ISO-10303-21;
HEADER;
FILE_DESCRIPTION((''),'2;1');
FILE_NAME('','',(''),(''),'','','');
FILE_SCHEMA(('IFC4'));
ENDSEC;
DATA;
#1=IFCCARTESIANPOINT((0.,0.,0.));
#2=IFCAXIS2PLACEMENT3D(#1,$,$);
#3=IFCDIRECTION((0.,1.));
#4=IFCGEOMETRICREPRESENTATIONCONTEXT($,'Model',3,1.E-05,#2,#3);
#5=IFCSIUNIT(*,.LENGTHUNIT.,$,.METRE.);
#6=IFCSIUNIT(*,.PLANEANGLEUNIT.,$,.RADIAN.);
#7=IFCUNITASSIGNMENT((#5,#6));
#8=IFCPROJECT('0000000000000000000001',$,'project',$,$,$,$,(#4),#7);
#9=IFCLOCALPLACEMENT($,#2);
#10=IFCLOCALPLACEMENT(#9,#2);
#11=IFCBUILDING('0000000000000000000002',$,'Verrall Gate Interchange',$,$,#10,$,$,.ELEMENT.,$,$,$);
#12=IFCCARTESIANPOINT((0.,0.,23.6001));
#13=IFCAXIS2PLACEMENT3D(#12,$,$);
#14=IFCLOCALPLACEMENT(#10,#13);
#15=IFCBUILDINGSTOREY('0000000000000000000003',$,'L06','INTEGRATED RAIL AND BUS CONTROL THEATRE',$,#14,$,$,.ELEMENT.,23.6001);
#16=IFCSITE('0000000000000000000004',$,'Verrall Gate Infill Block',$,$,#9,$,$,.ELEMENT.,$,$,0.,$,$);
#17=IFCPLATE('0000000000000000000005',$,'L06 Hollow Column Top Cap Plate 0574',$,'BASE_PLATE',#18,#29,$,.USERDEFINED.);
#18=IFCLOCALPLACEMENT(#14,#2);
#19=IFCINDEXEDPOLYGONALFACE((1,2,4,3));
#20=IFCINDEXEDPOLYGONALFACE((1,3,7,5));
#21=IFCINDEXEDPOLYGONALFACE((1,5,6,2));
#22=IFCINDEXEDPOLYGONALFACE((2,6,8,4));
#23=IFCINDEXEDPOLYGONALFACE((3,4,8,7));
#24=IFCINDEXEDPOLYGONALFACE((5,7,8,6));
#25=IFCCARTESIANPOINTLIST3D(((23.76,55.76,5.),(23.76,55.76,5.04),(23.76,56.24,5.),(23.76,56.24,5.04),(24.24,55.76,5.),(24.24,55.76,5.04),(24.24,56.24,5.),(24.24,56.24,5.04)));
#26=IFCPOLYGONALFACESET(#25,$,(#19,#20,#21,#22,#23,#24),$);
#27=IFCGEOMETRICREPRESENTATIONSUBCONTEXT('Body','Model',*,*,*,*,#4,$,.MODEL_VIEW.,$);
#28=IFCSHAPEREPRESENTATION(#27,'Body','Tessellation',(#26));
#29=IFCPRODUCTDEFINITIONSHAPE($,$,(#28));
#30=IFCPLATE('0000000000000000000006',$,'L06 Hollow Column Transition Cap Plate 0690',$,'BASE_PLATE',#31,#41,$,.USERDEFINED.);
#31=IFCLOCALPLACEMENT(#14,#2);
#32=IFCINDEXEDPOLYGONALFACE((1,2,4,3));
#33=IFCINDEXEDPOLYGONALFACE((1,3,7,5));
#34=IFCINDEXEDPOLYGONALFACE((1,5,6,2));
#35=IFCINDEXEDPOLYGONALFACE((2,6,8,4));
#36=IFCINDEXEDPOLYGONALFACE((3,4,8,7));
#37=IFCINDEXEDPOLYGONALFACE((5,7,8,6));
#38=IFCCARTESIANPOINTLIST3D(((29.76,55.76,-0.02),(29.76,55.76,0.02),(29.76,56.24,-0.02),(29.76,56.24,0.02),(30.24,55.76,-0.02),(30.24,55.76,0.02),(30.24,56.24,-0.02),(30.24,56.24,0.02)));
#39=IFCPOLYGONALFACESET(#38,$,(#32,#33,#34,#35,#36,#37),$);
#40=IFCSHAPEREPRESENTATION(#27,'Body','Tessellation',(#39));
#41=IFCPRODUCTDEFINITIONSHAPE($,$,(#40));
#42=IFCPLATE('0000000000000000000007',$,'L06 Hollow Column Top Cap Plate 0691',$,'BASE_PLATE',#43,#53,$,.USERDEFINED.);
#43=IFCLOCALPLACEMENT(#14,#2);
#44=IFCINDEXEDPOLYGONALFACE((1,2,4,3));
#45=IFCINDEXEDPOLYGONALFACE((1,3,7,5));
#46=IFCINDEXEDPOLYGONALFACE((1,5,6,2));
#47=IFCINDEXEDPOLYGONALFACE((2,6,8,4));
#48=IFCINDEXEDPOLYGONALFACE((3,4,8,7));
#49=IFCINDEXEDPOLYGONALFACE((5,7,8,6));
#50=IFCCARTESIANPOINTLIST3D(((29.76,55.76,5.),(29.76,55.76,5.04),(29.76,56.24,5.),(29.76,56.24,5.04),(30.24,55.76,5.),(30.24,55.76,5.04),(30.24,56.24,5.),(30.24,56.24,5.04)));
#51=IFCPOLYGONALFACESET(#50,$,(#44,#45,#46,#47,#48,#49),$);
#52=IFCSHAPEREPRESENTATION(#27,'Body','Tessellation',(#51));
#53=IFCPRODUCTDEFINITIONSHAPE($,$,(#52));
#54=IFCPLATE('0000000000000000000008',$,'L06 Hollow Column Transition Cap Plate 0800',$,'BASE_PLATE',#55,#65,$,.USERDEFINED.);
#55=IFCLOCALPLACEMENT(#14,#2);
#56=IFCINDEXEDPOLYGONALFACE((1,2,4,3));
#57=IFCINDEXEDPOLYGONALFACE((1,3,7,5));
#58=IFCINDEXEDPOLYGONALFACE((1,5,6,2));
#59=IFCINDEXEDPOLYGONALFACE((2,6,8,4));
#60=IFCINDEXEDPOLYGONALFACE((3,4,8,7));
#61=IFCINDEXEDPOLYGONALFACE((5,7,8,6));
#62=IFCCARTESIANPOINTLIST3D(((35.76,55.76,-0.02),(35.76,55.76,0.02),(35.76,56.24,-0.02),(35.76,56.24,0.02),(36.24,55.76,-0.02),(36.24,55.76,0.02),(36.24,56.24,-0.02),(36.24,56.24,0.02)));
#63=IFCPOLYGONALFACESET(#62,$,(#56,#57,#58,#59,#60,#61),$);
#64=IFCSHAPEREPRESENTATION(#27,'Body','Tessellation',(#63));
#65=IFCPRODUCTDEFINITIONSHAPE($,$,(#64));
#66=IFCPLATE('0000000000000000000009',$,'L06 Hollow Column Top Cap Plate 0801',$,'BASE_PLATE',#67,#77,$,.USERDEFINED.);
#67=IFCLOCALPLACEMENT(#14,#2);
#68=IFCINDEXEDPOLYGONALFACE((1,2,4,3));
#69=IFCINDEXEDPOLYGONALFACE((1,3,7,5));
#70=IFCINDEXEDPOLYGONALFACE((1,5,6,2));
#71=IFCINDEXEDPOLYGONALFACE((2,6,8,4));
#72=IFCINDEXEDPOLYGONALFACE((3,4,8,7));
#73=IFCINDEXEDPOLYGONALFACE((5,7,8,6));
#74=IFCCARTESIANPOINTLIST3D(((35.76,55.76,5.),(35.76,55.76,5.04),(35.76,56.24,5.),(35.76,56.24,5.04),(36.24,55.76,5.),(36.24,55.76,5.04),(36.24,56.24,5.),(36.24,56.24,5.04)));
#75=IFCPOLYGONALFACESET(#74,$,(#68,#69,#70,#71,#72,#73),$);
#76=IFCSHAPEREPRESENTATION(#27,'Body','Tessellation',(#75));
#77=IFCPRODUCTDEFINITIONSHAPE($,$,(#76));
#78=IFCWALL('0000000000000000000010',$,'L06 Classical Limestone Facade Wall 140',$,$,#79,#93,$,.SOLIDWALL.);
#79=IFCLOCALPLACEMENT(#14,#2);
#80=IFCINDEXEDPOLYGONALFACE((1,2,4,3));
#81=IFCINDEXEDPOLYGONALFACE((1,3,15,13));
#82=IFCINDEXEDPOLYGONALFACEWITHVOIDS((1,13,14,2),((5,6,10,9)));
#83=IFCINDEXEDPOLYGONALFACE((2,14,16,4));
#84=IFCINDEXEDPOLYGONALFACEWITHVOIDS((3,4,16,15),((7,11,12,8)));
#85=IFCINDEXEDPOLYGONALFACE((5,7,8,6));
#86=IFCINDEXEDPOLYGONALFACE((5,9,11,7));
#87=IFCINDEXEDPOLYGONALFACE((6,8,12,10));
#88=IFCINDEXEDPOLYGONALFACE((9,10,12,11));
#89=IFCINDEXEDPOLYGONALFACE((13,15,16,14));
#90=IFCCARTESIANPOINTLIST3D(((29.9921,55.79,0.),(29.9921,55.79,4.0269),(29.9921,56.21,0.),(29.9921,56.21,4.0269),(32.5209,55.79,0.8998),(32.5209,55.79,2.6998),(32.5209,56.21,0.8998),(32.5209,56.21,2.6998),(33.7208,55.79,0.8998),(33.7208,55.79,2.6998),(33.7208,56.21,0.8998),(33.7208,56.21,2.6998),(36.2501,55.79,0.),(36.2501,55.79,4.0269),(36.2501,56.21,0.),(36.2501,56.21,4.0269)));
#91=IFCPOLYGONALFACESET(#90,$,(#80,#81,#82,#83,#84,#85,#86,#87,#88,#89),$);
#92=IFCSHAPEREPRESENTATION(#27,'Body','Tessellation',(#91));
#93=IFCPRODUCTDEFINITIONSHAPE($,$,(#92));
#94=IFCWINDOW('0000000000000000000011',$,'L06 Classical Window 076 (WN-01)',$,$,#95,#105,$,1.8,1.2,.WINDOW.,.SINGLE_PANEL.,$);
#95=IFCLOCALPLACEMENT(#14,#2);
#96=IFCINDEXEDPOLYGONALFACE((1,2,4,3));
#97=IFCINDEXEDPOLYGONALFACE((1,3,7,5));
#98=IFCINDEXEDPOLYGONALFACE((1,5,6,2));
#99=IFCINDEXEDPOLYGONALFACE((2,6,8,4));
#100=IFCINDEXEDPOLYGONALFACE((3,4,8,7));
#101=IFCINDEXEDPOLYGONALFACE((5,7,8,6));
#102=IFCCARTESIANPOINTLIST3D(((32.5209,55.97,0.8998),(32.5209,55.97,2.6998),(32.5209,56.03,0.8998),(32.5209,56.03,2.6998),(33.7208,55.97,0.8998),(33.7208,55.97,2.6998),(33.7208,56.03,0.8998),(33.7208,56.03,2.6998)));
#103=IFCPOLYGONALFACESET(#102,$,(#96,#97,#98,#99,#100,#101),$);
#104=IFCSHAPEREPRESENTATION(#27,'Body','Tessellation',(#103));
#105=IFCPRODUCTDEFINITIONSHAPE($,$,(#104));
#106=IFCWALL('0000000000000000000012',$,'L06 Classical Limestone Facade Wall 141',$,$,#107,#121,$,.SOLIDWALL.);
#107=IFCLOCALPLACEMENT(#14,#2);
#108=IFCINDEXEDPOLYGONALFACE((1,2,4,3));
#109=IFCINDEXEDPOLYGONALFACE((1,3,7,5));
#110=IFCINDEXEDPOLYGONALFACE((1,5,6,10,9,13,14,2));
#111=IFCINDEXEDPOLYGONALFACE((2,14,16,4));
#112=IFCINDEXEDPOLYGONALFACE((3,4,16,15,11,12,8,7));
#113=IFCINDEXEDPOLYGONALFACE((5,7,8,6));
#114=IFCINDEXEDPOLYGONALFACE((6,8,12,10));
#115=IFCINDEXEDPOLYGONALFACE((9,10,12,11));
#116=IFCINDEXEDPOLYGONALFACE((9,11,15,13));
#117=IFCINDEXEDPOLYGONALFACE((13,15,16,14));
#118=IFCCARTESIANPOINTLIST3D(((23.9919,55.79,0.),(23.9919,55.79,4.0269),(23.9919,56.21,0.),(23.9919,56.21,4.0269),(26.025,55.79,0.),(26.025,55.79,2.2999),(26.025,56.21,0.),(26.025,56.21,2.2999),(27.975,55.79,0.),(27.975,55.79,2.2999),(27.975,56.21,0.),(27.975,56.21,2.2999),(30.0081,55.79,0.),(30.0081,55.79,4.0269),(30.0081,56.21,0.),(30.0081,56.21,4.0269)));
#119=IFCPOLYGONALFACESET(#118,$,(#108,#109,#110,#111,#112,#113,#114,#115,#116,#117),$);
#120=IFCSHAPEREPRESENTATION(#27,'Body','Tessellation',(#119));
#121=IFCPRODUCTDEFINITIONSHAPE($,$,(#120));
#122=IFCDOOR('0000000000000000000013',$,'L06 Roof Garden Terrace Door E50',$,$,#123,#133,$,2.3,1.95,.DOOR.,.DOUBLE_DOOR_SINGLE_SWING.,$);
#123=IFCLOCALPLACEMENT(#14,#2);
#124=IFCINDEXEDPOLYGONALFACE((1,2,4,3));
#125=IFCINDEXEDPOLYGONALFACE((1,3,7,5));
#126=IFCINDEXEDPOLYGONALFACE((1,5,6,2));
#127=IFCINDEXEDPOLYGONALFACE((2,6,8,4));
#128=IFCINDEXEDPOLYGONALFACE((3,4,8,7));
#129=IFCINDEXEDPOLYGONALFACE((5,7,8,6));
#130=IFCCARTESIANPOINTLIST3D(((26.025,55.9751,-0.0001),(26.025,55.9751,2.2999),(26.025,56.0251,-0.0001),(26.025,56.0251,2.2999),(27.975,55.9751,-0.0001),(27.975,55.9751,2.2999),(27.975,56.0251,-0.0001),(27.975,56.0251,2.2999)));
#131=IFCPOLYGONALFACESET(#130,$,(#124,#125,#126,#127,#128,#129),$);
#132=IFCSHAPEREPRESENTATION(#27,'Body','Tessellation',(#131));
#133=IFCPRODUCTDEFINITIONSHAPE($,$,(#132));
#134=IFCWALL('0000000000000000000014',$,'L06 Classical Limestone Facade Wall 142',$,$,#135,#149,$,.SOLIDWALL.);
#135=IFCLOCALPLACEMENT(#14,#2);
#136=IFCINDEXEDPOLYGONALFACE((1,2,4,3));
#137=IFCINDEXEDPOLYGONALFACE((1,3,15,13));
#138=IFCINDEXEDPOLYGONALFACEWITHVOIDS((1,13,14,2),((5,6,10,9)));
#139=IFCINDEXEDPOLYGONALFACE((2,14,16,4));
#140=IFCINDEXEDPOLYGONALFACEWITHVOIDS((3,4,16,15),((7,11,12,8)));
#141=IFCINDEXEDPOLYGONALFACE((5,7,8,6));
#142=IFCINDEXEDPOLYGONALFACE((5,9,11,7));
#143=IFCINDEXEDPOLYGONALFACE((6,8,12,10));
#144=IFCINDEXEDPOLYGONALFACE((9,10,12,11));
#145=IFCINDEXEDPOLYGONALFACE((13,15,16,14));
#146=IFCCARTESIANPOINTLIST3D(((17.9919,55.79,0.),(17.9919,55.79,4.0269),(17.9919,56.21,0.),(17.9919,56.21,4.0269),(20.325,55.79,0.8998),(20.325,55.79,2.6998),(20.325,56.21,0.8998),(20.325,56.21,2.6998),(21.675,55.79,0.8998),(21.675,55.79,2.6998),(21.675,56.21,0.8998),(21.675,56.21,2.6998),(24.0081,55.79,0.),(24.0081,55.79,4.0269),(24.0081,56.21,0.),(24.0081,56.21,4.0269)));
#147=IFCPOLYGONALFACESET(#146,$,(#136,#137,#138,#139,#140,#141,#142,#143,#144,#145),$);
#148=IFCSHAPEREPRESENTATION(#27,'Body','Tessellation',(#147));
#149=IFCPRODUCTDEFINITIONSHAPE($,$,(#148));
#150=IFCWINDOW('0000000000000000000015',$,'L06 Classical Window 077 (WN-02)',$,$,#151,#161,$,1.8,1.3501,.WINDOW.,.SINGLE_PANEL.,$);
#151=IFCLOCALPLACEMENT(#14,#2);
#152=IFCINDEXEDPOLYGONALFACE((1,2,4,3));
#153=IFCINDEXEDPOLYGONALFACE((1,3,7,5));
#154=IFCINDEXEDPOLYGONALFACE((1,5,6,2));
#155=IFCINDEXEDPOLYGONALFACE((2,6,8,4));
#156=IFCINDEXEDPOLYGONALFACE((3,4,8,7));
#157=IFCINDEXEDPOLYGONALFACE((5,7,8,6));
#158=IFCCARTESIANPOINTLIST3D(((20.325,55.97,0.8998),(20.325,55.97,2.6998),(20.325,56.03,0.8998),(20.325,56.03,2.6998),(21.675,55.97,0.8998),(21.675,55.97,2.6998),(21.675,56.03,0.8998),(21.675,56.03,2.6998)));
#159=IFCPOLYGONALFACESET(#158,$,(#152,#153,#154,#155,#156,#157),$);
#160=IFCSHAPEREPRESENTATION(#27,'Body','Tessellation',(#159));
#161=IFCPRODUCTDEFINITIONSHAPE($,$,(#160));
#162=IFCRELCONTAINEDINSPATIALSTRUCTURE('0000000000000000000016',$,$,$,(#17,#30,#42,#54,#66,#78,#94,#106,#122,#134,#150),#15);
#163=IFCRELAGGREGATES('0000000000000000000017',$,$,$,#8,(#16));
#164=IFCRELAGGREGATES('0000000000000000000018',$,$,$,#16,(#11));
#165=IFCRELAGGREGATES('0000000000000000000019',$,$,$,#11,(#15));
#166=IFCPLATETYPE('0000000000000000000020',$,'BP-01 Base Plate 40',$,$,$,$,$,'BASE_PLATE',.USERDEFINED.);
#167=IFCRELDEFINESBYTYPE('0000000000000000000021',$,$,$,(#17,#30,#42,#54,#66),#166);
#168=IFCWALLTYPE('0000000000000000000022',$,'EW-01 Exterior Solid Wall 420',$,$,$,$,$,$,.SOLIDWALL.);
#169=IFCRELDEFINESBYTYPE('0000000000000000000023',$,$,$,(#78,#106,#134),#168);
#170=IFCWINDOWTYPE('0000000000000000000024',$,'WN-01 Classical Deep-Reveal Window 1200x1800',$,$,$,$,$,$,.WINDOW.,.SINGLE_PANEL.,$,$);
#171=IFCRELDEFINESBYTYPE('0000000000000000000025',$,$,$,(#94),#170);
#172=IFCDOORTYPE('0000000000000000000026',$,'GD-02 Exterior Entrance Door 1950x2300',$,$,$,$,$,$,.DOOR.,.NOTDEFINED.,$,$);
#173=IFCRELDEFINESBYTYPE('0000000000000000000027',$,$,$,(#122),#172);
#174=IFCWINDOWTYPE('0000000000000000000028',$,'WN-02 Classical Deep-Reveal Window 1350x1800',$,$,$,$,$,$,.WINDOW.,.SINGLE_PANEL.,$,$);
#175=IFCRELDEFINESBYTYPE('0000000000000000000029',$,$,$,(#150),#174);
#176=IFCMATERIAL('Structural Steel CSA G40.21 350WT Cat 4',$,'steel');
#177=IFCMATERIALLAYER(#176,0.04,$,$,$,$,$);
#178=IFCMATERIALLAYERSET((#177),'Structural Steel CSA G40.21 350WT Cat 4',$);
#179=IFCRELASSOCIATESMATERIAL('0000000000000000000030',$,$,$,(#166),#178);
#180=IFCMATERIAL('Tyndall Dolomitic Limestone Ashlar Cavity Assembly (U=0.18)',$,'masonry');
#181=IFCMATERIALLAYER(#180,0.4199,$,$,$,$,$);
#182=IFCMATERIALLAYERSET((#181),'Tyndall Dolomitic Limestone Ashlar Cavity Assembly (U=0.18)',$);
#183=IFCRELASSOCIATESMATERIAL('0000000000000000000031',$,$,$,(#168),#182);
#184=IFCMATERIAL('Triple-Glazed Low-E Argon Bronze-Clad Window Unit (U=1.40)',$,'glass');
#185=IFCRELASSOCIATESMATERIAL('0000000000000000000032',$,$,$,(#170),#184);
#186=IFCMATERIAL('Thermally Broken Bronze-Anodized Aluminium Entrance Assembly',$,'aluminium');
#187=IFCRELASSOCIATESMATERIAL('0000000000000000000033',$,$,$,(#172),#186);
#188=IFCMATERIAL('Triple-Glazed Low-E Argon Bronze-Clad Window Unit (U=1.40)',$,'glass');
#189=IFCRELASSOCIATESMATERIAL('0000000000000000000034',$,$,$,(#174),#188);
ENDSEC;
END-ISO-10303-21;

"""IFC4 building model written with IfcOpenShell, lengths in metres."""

from ifc_helpers import new_model, si_unit, direction, frame, frame_2d, origin, origin_2d, place, context, subcontext, project, spatial, rectangle, extrude, material, layer, layer_set, type_object, element, fill, save


model = new_model("IFC4")

# Units and contexts
model_context = context("Model", 3, precision=1e-05, world=origin(), true_north=direction((0.0, 1.0)))
body_context = subcontext(model_context, "Body", "Model", "MODEL_VIEW")
ifc_project = project(units=[si_unit("LENGTHUNIT", "METRE"), si_unit("PLANEANGLEUNIT", "RADIAN")], contexts=[model_context])

# Site, building, storey
site_placement = place(None, origin())
site = spatial("IfcSite", under=ifc_project, at=site_placement, Name="Verrall Gate Infill Block", CompositionType="ELEMENT", RefElevation=0.0)
building_placement = place(site_placement, origin())
building = spatial("IfcBuilding", under=site, at=building_placement, Name="Verrall Gate Interchange", CompositionType="ELEMENT")
storey_placement = place(building_placement, frame((0.0, 0.0, 23.6001)))
storey = spatial("IfcBuildingStorey", under=building, at=storey_placement, Name="L06", Description="INTEGRATED RAIL AND BUS CONTROL THEATRE", CompositionType="ELEMENT", Elevation=23.6001)

# Plates
ifc_material_1 = material(Name="Structural Steel CSA G40.21 350WT Cat 4", Category="steel")
ifc_layer_1 = layer(ifc_material_1, 0.04)
ifc_layer_set_1 = layer_set([ifc_layer_1], Name="Structural Steel CSA G40.21 350WT Cat 4")
plate_type = type_object("IfcPlateType", Name="BP-01 Base Plate 40", ElementType="BASE_PLATE", PredefinedType="USERDEFINED", material=ifc_layer_set_1)
for number, where, z_axis, x_axis, name in (
    (1, (24.0, 56.0, 5.0), (0.0, 0.0, 1.0), (1.0, 0.0, 0.0), "L06 Hollow Column Top Cap Plate 0574"),
    (2, (30.0, 56.0, -0.02), (0.0, 0.0, 1.0), (1.0, 0.0, 0.0), "L06 Hollow Column Transition Cap Plate 0690"),
    (3, (30.0, 56.0, 5.0), (0.0, 0.0, 1.0), (1.0, 0.0, 0.0), "L06 Hollow Column Top Cap Plate 0691"),
    (4, (36.0, 56.0, -0.02), (0.0, 0.0, 1.0), (1.0, 0.0, 0.0), "L06 Hollow Column Transition Cap Plate 0800"),
    (5, (36.0, 56.0, 5.0), (0.0, 0.0, 1.0), (1.0, 0.0, 0.0), "L06 Hollow Column Top Cap Plate 0801"),
):
    element("IfcPlate", number, at=place(storey_placement, frame(where, z_axis=z_axis, x_axis=x_axis)), inside=storey, type_object=plate_type, Name=name, ObjectType="BASE_PLATE", PredefinedType="USERDEFINED", context=body_context, shape_type="SweptSolid", body=[
        extrude(rectangle(XDim=0.48, YDim=0.48, at=origin_2d()), origin(), (0.0, 0.0, 1.0), 0.04),
    ])

# Wall, opening, window
ifc_material_2 = material(Name="Tyndall Dolomitic Limestone Ashlar Cavity Assembly (U=0.18)", Category="masonry")
ifc_layer_2 = layer(ifc_material_2, 0.4199)
ifc_layer_set_2 = layer_set([ifc_layer_2], Name="Tyndall Dolomitic Limestone Ashlar Cavity Assembly (U=0.18)")
wall_type = type_object("IfcWallType", Name="EW-01 Exterior Solid Wall 420", PredefinedType="SOLIDWALL", material=ifc_layer_set_2)
wall_1_placement = place(storey_placement, frame((36.25, 56.0, 0.0), z_axis=(0.0, 0.0, 1.0), x_axis=(-1.0, 0.0, 0.0)))
wall_1 = element("IfcWall", 6, at=wall_1_placement, inside=storey, type_object=wall_type, Name="L06 Classical Limestone Facade Wall 140", PredefinedType="SOLIDWALL", context=body_context, shape_type="SweptSolid", body=[
    extrude(rectangle(XDim=6.2581, YDim=0.4199, at=frame_2d((3.1289, 0.0))), origin(), (0.0, 0.0, 1.0), 4.0269),
])
opening_1_placement = place(wall_1_placement, frame((2.5291, 0.0, 0.8999)))
opening_1 = element("IfcOpeningElement", 7, at=opening_1_placement, cuts=wall_1, PredefinedType="OPENING", context=body_context, shape_type="SweptSolid", body=[
    extrude(rectangle(XDim=1.2, YDim=1.8, at=frame_2d((0.6001, 0.8999))), frame((0.0, 0.2249, 0.0), z_axis=(0.0, -1.0, 0.0), x_axis=(1.0, 0.0, 0.0)), (0.0, 0.0, 1.0), 0.4497),
])
ifc_material_3 = material(Name="Triple-Glazed Low-E Argon Bronze-Clad Window Unit (U=1.40)", Category="glass")
window_type_1 = type_object("IfcWindowType", Name="WN-01 Classical Deep-Reveal Window 1200x1800", PartitioningType="SINGLE_PANEL", PredefinedType="WINDOW", material=ifc_material_3)
window_1_placement = place(opening_1_placement, origin())
window_1 = element("IfcWindow", 8, at=window_1_placement, inside=storey, type_object=window_type_1, Name="L06 Classical Window 076 (WN-01)", OverallHeight=1.8, OverallWidth=1.2, PartitioningType="SINGLE_PANEL", PredefinedType="WINDOW", context=body_context, shape_type="SweptSolid", body=[
    extrude(rectangle(XDim=1.2, YDim=1.8, at=frame_2d((0.6001, 0.8999))), frame((0.0, 0.03, 0.0), z_axis=(0.0, -1.0, 0.0), x_axis=(1.0, 0.0, 0.0)), (0.0, 0.0, 1.0), 0.0601),
])
fill(opening_1, window_1)

# Wall, opening, door
wall_2_placement = place(storey_placement, frame((30.0081, 56.0, 0.0), z_axis=(0.0, 0.0, 1.0), x_axis=(-1.0, 0.0, 0.0)))
wall_2 = element("IfcWall", 9, at=wall_2_placement, inside=storey, type_object=wall_type, Name="L06 Classical Limestone Facade Wall 141", PredefinedType="SOLIDWALL", context=body_context, shape_type="SweptSolid", body=[
    extrude(rectangle(XDim=6.0161, YDim=0.4199, at=frame_2d((3.0081, 0.0))), origin(), (0.0, 0.0, 1.0), 4.0269),
])
opening_2_placement = place(wall_2_placement, frame((2.033, 0.0, 0.0)))
opening_2 = element("IfcOpeningElement", 10, at=opening_2_placement, cuts=wall_2, PredefinedType="OPENING", context=body_context, shape_type="SweptSolid", body=[
    extrude(rectangle(XDim=1.95, YDim=2.3, at=frame_2d((0.9751, 1.1499))), frame((0.0, 0.2249, 0.0), z_axis=(0.0, -1.0, 0.0), x_axis=(1.0, 0.0, 0.0)), (0.0, 0.0, 1.0), 0.4497),
])
ifc_material_4 = material(Name="Thermally Broken Bronze-Anodized Aluminium Entrance Assembly", Category="aluminium")
door_type = type_object("IfcDoorType", Name="GD-02 Exterior Entrance Door 1950x2300", OperationType="NOTDEFINED", PredefinedType="DOOR", material=ifc_material_4)
door_placement = place(opening_2_placement, origin())
door = element("IfcDoor", 11, at=door_placement, inside=storey, type_object=door_type, Name="L06 Roof Garden Terrace Door E50", OperationType="DOUBLE_DOOR_SINGLE_SWING", OverallHeight=2.3, OverallWidth=1.95, PredefinedType="DOOR", context=body_context, shape_type="SweptSolid", body=[
    extrude(rectangle(XDim=1.95, YDim=2.3, at=frame_2d((0.9751, 1.1499))), frame((0.0, 0.0249, 0.0), z_axis=(0.0, -1.0, 0.0), x_axis=(1.0, 0.0, 0.0)), (0.0, 0.0, 1.0), 0.05),
])
fill(opening_2, door)

# Wall, opening, window
wall_3_placement = place(storey_placement, frame((24.0081, 56.0, 0.0), z_axis=(0.0, 0.0, 1.0), x_axis=(-1.0, 0.0, 0.0)))
wall_3 = element("IfcWall", 12, at=wall_3_placement, inside=storey, type_object=wall_type, Name="L06 Classical Limestone Facade Wall 142", PredefinedType="SOLIDWALL", context=body_context, shape_type="SweptSolid", body=[
    extrude(rectangle(XDim=6.0161, YDim=0.4199, at=frame_2d((3.0081, 0.0))), origin(), (0.0, 0.0, 1.0), 4.0269),
])
opening_3_placement = place(wall_3_placement, frame((2.333, 0.0, 0.8999)))
opening_3 = element("IfcOpeningElement", 13, at=opening_3_placement, cuts=wall_3, PredefinedType="OPENING", context=body_context, shape_type="SweptSolid", body=[
    extrude(rectangle(XDim=1.3501, YDim=1.8, at=frame_2d((0.675, 0.8999))), frame((0.0, 0.2249, 0.0), z_axis=(0.0, -1.0, 0.0), x_axis=(1.0, 0.0, 0.0)), (0.0, 0.0, 1.0), 0.4497),
])
ifc_material_5 = material(Name="Triple-Glazed Low-E Argon Bronze-Clad Window Unit (U=1.40)", Category="glass")
window_type_2 = type_object("IfcWindowType", Name="WN-02 Classical Deep-Reveal Window 1350x1800", PartitioningType="SINGLE_PANEL", PredefinedType="WINDOW", material=ifc_material_5)
window_2_placement = place(opening_3_placement, origin())
window_2 = element("IfcWindow", 14, at=window_2_placement, inside=storey, type_object=window_type_2, Name="L06 Classical Window 077 (WN-02)", OverallHeight=1.8, OverallWidth=1.3501, PartitioningType="SINGLE_PANEL", PredefinedType="WINDOW", context=body_context, shape_type="SweptSolid", body=[
    extrude(rectangle(XDim=1.3501, YDim=1.8, at=frame_2d((0.675, 0.8999))), frame((0.0, 0.03, 0.0), z_axis=(0.0, -1.0, 0.0), x_axis=(1.0, 0.0, 0.0)), (0.0, 0.0, 1.0), 0.0601),
])
fill(opening_3, window_2)

save(model, "model.ifc")
